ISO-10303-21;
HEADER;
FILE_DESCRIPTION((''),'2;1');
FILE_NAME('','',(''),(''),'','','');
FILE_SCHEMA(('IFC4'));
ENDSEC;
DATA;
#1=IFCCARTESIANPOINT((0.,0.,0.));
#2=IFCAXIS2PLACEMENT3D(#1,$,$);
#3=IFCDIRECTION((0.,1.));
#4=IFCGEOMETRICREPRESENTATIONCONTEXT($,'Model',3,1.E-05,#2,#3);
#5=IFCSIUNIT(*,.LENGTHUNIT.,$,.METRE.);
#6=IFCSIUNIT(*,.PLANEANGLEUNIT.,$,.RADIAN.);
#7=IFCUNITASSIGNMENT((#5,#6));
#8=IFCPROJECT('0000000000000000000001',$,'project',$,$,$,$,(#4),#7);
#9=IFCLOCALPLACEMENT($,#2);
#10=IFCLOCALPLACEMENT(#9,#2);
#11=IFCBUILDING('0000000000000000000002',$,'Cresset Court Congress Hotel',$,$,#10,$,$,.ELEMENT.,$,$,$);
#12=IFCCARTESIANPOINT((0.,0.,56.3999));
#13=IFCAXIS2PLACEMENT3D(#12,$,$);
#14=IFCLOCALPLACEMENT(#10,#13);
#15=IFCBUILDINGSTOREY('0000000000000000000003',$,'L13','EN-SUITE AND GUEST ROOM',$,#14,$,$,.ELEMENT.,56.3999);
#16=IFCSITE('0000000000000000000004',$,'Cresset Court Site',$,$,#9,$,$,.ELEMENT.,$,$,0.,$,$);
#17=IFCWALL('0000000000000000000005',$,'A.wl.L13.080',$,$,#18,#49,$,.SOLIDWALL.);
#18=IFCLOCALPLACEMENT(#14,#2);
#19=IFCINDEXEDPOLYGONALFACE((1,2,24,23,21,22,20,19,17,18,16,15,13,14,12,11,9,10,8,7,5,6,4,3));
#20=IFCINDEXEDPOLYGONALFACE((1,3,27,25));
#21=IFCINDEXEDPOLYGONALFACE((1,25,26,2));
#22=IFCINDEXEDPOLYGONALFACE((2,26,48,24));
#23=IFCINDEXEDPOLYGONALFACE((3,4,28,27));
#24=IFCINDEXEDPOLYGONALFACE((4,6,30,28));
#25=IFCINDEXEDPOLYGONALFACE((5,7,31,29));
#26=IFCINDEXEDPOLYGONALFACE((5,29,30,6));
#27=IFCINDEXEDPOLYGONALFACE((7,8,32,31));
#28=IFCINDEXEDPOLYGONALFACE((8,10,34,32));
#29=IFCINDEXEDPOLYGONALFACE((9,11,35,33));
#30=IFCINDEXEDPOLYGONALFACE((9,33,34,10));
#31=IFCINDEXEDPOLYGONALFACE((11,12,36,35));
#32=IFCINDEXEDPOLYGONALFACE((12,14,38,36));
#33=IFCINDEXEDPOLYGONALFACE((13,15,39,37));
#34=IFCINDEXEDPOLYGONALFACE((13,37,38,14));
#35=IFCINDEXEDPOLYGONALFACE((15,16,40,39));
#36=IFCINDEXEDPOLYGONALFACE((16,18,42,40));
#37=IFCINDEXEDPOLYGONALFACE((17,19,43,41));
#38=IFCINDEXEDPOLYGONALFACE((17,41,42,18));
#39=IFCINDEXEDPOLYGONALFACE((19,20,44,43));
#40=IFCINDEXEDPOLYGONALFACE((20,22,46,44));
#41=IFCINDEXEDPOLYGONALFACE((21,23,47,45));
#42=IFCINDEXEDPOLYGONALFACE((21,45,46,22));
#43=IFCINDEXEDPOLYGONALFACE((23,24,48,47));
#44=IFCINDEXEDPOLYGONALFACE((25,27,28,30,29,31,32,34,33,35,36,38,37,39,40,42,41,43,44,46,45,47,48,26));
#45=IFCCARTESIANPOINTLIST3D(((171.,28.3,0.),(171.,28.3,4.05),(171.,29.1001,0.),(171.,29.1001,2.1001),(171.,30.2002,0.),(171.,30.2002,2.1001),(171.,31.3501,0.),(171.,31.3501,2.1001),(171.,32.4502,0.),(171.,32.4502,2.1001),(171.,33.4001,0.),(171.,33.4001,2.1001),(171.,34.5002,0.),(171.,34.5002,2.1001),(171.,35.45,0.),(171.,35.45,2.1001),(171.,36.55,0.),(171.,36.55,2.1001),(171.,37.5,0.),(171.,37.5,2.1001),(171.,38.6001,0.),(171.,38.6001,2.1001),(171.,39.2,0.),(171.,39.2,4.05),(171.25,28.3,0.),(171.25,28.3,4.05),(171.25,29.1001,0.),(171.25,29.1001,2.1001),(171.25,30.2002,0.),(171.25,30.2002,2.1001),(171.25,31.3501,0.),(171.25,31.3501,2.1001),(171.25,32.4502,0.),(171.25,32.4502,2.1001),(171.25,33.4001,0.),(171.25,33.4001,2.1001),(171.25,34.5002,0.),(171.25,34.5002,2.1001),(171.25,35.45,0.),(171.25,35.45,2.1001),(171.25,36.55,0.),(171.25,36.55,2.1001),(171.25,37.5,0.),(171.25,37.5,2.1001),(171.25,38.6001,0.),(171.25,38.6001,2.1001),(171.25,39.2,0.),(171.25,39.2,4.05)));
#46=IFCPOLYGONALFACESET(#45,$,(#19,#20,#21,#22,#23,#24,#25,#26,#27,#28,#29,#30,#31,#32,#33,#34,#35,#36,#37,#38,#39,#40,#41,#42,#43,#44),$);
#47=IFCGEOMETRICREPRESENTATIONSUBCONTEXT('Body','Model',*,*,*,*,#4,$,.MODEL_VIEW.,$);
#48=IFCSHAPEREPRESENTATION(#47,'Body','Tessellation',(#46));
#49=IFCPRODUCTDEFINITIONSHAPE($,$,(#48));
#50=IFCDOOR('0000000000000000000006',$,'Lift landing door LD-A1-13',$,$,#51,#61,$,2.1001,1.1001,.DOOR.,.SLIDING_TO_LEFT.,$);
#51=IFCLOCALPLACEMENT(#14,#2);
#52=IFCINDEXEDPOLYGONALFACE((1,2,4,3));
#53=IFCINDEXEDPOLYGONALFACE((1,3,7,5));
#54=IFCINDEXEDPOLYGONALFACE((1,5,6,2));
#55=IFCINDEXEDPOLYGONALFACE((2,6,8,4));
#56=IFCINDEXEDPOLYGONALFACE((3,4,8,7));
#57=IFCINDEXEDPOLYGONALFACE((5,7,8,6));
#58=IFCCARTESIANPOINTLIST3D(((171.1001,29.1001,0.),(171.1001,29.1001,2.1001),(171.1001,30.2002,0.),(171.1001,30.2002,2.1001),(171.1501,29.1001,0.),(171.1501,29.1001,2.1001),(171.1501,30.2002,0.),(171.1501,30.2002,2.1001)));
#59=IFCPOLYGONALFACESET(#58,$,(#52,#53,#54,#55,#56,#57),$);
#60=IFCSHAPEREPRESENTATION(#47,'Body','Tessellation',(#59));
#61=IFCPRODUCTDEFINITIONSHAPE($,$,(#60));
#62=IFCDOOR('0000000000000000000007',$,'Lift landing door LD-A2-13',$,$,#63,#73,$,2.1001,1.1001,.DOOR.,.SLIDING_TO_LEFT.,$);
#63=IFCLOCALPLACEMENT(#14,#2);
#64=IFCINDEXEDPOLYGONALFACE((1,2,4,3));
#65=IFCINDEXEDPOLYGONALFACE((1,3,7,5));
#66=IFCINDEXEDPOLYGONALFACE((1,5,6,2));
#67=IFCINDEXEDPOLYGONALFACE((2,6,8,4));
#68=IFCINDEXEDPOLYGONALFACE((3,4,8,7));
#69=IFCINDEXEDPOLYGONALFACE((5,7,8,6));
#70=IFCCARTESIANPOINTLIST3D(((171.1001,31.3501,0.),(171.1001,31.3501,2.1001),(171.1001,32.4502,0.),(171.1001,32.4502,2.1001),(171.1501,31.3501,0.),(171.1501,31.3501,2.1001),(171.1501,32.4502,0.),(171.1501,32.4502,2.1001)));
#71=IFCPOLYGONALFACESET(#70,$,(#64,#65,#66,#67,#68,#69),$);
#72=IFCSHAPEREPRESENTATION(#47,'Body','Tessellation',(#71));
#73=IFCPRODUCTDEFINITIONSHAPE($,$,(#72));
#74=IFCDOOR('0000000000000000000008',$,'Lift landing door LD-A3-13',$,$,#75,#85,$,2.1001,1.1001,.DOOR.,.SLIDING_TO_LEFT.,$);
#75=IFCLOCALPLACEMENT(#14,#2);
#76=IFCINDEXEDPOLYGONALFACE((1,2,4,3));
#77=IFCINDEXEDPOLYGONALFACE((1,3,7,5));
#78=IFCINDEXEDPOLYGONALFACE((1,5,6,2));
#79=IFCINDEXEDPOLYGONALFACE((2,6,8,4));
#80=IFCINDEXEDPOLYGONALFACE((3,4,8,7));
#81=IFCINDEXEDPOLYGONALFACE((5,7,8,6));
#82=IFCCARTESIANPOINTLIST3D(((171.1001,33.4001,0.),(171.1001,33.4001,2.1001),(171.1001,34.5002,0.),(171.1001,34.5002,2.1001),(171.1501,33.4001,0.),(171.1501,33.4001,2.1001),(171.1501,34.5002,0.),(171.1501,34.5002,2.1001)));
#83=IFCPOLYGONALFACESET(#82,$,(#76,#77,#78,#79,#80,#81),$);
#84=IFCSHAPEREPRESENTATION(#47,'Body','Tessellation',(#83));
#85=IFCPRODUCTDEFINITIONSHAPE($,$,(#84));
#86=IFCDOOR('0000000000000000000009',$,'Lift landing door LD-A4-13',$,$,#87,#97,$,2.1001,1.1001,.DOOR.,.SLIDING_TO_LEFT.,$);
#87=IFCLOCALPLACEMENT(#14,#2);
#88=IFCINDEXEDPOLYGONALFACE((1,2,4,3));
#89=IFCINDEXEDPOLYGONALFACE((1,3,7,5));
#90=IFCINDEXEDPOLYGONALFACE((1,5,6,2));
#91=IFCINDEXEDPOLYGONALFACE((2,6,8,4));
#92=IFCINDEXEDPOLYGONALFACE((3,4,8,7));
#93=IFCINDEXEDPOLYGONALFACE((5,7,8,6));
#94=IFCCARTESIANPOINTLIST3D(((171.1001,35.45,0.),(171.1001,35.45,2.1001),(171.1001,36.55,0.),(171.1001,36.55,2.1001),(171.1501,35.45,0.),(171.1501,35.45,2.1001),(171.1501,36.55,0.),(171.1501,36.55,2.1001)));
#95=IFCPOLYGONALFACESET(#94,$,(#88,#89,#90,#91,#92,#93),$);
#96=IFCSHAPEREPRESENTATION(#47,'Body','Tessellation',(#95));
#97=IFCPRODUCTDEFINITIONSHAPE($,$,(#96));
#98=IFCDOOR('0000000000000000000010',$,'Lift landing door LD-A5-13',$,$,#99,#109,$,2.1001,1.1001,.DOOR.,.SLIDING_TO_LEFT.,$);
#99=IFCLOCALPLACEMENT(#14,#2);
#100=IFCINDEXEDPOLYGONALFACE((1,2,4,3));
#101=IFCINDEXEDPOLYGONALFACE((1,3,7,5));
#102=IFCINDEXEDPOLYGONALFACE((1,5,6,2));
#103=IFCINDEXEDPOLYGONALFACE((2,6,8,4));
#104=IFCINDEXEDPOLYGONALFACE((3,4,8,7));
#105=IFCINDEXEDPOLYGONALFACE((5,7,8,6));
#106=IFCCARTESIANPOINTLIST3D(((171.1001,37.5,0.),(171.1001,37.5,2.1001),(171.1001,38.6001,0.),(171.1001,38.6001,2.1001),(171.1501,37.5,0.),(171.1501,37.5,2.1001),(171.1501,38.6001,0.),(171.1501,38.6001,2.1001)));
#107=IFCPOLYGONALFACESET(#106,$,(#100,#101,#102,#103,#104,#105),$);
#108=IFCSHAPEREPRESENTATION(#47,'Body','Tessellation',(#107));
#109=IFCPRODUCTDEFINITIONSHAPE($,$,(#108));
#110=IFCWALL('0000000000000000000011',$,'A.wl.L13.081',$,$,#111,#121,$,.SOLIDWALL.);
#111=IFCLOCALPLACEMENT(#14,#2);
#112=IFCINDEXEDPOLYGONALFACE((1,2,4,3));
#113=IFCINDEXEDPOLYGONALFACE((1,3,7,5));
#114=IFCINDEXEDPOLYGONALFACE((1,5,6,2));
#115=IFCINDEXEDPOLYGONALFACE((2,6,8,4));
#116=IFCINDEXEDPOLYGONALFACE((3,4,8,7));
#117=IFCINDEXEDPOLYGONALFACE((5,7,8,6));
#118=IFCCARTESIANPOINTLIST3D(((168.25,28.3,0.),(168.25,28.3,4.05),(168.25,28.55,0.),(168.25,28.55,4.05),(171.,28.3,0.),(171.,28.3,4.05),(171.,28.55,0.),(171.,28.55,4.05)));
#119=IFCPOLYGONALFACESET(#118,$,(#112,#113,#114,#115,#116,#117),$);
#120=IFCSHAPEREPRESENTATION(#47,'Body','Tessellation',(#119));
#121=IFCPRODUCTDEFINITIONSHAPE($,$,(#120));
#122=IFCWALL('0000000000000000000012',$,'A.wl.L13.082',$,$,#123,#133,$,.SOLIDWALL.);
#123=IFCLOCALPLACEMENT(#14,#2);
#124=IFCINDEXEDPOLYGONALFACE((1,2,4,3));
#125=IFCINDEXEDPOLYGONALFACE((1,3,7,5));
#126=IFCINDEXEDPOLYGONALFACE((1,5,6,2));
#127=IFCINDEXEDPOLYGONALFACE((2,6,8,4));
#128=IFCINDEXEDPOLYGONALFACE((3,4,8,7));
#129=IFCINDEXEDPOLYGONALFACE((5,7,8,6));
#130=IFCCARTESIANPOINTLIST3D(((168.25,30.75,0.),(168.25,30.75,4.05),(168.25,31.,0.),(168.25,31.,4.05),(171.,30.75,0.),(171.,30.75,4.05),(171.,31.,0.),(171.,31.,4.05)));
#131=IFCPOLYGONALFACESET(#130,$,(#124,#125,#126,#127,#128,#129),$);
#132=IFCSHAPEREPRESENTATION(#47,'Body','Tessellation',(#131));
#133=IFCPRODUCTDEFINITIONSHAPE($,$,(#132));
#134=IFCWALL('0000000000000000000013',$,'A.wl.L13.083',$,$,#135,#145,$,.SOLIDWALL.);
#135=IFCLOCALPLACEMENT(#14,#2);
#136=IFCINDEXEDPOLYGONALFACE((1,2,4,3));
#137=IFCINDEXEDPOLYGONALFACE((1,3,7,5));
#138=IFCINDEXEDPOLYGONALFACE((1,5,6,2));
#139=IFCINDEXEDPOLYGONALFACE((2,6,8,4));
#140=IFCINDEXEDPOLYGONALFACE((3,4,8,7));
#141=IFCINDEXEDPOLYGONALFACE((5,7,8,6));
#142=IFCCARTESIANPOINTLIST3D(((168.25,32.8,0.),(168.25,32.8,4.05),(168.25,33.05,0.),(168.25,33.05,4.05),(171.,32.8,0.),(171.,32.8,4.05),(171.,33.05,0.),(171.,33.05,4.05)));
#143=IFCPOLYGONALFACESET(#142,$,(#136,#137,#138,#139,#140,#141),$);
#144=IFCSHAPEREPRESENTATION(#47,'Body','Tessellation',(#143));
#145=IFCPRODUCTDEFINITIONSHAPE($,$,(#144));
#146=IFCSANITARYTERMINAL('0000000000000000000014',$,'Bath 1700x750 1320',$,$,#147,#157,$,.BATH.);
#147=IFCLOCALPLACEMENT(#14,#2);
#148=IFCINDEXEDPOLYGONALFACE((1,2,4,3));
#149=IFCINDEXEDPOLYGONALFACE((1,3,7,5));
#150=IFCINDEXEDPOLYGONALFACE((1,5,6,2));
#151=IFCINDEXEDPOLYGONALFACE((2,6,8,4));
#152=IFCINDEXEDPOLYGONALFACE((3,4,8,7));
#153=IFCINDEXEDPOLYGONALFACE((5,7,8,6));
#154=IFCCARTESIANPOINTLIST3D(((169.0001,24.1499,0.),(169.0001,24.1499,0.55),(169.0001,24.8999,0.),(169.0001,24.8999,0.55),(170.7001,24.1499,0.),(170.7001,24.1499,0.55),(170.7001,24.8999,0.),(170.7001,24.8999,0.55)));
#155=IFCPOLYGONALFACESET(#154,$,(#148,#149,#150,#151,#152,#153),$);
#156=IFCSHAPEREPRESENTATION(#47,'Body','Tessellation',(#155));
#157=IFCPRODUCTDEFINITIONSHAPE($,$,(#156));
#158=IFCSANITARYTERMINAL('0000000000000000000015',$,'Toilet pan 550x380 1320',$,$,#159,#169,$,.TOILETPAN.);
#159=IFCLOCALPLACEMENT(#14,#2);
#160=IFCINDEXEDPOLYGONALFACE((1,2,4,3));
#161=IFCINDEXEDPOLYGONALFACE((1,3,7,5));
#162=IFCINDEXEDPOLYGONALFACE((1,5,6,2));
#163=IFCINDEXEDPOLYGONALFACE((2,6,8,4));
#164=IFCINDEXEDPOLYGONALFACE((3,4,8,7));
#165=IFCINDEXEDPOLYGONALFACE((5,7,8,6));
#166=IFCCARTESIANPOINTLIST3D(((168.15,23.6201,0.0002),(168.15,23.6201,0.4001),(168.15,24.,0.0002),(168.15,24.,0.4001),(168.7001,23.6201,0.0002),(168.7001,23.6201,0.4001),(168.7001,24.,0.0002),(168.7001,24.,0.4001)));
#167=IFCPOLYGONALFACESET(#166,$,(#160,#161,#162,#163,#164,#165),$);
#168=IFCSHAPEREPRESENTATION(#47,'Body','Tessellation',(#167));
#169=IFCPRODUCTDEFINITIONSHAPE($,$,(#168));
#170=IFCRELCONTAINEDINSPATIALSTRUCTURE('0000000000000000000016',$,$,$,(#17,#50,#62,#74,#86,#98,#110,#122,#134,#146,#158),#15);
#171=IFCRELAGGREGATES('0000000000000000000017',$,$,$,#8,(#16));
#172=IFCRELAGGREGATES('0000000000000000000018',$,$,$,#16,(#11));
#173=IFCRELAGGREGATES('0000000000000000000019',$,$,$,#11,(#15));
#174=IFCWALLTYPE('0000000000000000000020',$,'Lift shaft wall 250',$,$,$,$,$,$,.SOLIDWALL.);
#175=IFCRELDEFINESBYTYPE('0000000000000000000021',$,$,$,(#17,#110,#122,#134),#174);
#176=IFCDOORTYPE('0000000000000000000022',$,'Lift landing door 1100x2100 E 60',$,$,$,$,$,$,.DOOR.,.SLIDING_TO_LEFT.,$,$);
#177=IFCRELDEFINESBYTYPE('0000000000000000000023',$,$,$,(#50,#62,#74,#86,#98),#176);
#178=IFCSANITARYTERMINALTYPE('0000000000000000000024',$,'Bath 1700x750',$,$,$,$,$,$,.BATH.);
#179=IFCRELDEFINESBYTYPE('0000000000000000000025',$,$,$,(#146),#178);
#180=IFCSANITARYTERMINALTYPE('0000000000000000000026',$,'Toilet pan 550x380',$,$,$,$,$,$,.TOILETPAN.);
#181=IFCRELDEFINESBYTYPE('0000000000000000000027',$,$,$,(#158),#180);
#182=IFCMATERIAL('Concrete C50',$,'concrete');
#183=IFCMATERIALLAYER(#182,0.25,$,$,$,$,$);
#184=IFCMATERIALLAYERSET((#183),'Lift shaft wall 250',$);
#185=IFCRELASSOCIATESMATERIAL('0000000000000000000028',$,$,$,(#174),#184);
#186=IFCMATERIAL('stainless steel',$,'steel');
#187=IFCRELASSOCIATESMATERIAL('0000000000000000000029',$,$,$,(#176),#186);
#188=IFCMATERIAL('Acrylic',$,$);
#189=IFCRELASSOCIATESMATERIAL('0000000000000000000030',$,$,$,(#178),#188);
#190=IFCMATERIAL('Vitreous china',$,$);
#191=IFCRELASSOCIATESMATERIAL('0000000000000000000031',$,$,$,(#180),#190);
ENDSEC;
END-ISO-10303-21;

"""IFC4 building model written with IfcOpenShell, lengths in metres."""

from ifc_helpers import new_model, si_unit, direction, frame, frame_2d, origin, origin_2d, place, context, subcontext, project, spatial, rectangle, extrude, material, layer, layer_set, type_object, element, fill, save


model = new_model("IFC4")

# Units and contexts
model_context = context("Model", 3, precision=1e-05, world=origin(), true_north=direction((0.0, 1.0)))
body_context = subcontext(model_context, "Body", "Model", "MODEL_VIEW")
ifc_project = project(units=[si_unit("LENGTHUNIT", "METRE"), si_unit("PLANEANGLEUNIT", "RADIAN")], contexts=[model_context])

# Site, building, storey
site_placement = place(None, origin())
site = spatial("IfcSite", under=ifc_project, at=site_placement, Name="Cresset Court Site", CompositionType="ELEMENT", RefElevation=0.0)
building_placement = place(site_placement, origin())
building = spatial("IfcBuilding", under=site, at=building_placement, Name="Cresset Court Congress Hotel", CompositionType="ELEMENT")
storey_placement = place(building_placement, frame((0.0, 0.0, 56.3999)))
storey = spatial("IfcBuildingStorey", under=building, at=storey_placement, Name="L13", Description="EN-SUITE AND GUEST ROOM", CompositionType="ELEMENT", Elevation=56.3999)

# Wall, openings, doors
ifc_material_1 = material(Name="Concrete C50", Category="concrete")
ifc_layer_1 = layer(ifc_material_1, 0.25)
ifc_layer_set_1 = layer_set([ifc_layer_1], Name="Lift shaft wall 250")
wall_type_1 = type_object("IfcWallType", Name="Lift shaft wall 250", PredefinedType="SOLIDWALL", material=ifc_layer_set_1)
wall_1_placement = place(storey_placement, frame((171.125, 28.3, 0.0), z_axis=(0.0, 0.0, 1.0), x_axis=(0.0, 1.0, 0.0)))
wall_1 = element("IfcWall", 1, at=wall_1_placement, inside=storey, type_object=wall_type_1, Name="A.wl.L13.080", PredefinedType="SOLIDWALL", context=body_context, shape_type="SweptSolid", body=[
    extrude(rectangle(XDim=10.8999, YDim=0.25, at=frame_2d((5.45, 0.0))), origin(), (0.0, 0.0, 1.0), 4.05),
])
opening_1_placement = place(wall_1_placement, frame((0.8, 0.0, 0.0)))
opening_1 = element("IfcOpeningElement", 2, at=opening_1_placement, cuts=wall_1, PredefinedType="OPENING", context=body_context, shape_type="SweptSolid", body=[
    extrude(rectangle(XDim=1.1001, YDim=2.1001, at=frame_2d((0.55, 1.05))), frame((0.0, 0.135, 0.0), z_axis=(0.0, -1.0, 0.0), x_axis=(1.0, 0.0, 0.0)), (0.0, 0.0, 1.0), 0.27),
])
opening_2_placement = place(wall_1_placement, frame((3.05, 0.0, 0.0)))
opening_2 = element("IfcOpeningElement", 3, at=opening_2_placement, cuts=wall_1, PredefinedType="OPENING", context=body_context, shape_type="SweptSolid", body=[
    extrude(rectangle(XDim=1.1001, YDim=2.1001, at=frame_2d((0.55, 1.05))), frame((0.0, 0.135, 0.0), z_axis=(0.0, -1.0, 0.0), x_axis=(1.0, 0.0, 0.0)), (0.0, 0.0, 1.0), 0.27),
])
opening_3_placement = place(wall_1_placement, frame((5.1001, 0.0, 0.0)))
opening_3 = element("IfcOpeningElement", 4, at=opening_3_placement, cuts=wall_1, PredefinedType="OPENING", context=body_context, shape_type="SweptSolid", body=[
    extrude(rectangle(XDim=1.1001, YDim=2.1001, at=frame_2d((0.55, 1.05))), frame((0.0, 0.135, 0.0), z_axis=(0.0, -1.0, 0.0), x_axis=(1.0, 0.0, 0.0)), (0.0, 0.0, 1.0), 0.27),
])
opening_4_placement = place(wall_1_placement, frame((7.1499, 0.0, 0.0)))
opening_4 = element("IfcOpeningElement", 5, at=opening_4_placement, cuts=wall_1, PredefinedType="OPENING", context=body_context, shape_type="SweptSolid", body=[
    extrude(rectangle(XDim=1.1001, YDim=2.1001, at=frame_2d((0.55, 1.05))), frame((0.0, 0.135, 0.0), z_axis=(0.0, -1.0, 0.0), x_axis=(1.0, 0.0, 0.0)), (0.0, 0.0, 1.0), 0.27),
])
opening_5_placement = place(wall_1_placement, frame((9.2, 0.0, 0.0)))
opening_5 = element("IfcOpeningElement", 6, at=opening_5_placement, cuts=wall_1, PredefinedType="OPENING", context=body_context, shape_type="SweptSolid", body=[
    extrude(rectangle(XDim=1.1001, YDim=2.1001, at=frame_2d((0.55, 1.05))), frame((0.0, 0.135, 0.0), z_axis=(0.0, -1.0, 0.0), x_axis=(1.0, 0.0, 0.0)), (0.0, 0.0, 1.0), 0.27),
])
ifc_material_2 = material(Name="stainless steel", Category="steel")
door_type_1 = type_object("IfcDoorType", Name="Lift landing door 1100x2100 E 60", OperationType="SLIDING_TO_LEFT", PredefinedType="DOOR", material=ifc_material_2)
door_1_placement = place(opening_1_placement, origin())
door_1 = element("IfcDoor", 7, at=door_1_placement, inside=storey, type_object=door_type_1, Name="Lift landing door LD-A1-13", OperationType="SLIDING_TO_LEFT", OverallHeight=2.1001, OverallWidth=1.1001, PredefinedType="DOOR", context=body_context, shape_type="SweptSolid", body=[
    extrude(rectangle(XDim=1.1001, YDim=2.1001, at=frame_2d((0.55, 1.05))), frame((0.0, 0.0249, 0.0), z_axis=(0.0, -1.0, 0.0), x_axis=(1.0, 0.0, 0.0)), (0.0, 0.0, 1.0), 0.05),
])
fill(opening_1, door_1)
door_2_placement = place(opening_2_placement, origin())
door_2 = element("IfcDoor", 8, at=door_2_placement, inside=storey, type_object=door_type_1, Name="Lift landing door LD-A2-13", OperationType="SLIDING_TO_LEFT", OverallHeight=2.1001, OverallWidth=1.1001, PredefinedType="DOOR", context=body_context, shape_type="SweptSolid", body=[
    extrude(rectangle(XDim=1.1001, YDim=2.1001, at=frame_2d((0.55, 1.05))), frame((0.0, 0.0249, 0.0), z_axis=(0.0, -1.0, 0.0), x_axis=(1.0, 0.0, 0.0)), (0.0, 0.0, 1.0), 0.05),
])
fill(opening_2, door_2)
door_3_placement = place(opening_3_placement, origin())
door_3 = element("IfcDoor", 9, at=door_3_placement, inside=storey, type_object=door_type_1, Name="Lift landing door LD-A3-13", OperationType="SLIDING_TO_LEFT", OverallHeight=2.1001, OverallWidth=1.1001, PredefinedType="DOOR", context=body_context, shape_type="SweptSolid", body=[
    extrude(rectangle(XDim=1.1001, YDim=2.1001, at=frame_2d((0.55, 1.05))), frame((0.0, 0.0249, 0.0), z_axis=(0.0, -1.0, 0.0), x_axis=(1.0, 0.0, 0.0)), (0.0, 0.0, 1.0), 0.05),
])
fill(opening_3, door_3)
door_4_placement = place(opening_4_placement, origin())
door_4 = element("IfcDoor", 10, at=door_4_placement, inside=storey, type_object=door_type_1, Name="Lift landing door LD-A4-13", OperationType="SLIDING_TO_LEFT", OverallHeight=2.1001, OverallWidth=1.1001, PredefinedType="DOOR", context=body_context, shape_type="SweptSolid", body=[
    extrude(rectangle(XDim=1.1001, YDim=2.1001, at=frame_2d((0.55, 1.05))), frame((0.0, 0.0249, 0.0), z_axis=(0.0, -1.0, 0.0), x_axis=(1.0, 0.0, 0.0)), (0.0, 0.0, 1.0), 0.05),
])
fill(opening_4, door_4)
door_5_placement = place(opening_5_placement, origin())
door_5 = element("IfcDoor", 11, at=door_5_placement, inside=storey, type_object=door_type_1, Name="Lift landing door LD-A5-13", OperationType="SLIDING_TO_LEFT", OverallHeight=2.1001, OverallWidth=1.1001, PredefinedType="DOOR", context=body_context, shape_type="SweptSolid", body=[
    extrude(rectangle(XDim=1.1001, YDim=2.1001, at=frame_2d((0.55, 1.05))), frame((0.0, 0.0249, 0.0), z_axis=(0.0, -1.0, 0.0), x_axis=(1.0, 0.0, 0.0)), (0.0, 0.0, 1.0), 0.05),
])
fill(opening_5, door_5)

# Walls
for number, where, z_axis, x_axis, name in (
    (12, (168.25, 28.425, 0.0), (0.0, 0.0, 1.0), (1.0, 0.0, 0.0), "A.wl.L13.081"),
    (13, (168.25, 30.875, 0.0), (0.0, 0.0, 1.0), (1.0, 0.0, 0.0), "A.wl.L13.082"),
    (14, (168.25, 32.925, 0.0), (0.0, 0.0, 1.0), (1.0, 0.0, 0.0), "A.wl.L13.083"),
):
    element("IfcWall", number, at=place(storey_placement, frame(where, z_axis=z_axis, x_axis=x_axis)), inside=storey, type_object=wall_type_1, Name=name, PredefinedType="SOLIDWALL", context=body_context, shape_type="SweptSolid", body=[
        extrude(rectangle(XDim=2.75, YDim=0.25, at=frame_2d((1.375, 0.0))), origin(), (0.0, 0.0, 1.0), 4.05),
    ])

# Sanitary terminals
ifc_material_3 = material(Name="Acrylic")
sanitary_terminal_type_1 = type_object("IfcSanitaryTerminalType", Name="Bath 1700x750", PredefinedType="BATH", material=ifc_material_3)
sanitary_terminal_1_placement = place(storey_placement, frame((169.8501, 24.5249, 0.0), z_axis=(0.0, 0.0, 1.0), x_axis=(1.0, 0.0, 0.0)))
element("IfcSanitaryTerminal", 15, at=sanitary_terminal_1_placement, inside=storey, type_object=sanitary_terminal_type_1, Name="Bath 1700x750 1320", PredefinedType="BATH", context=body_context, shape_type="SweptSolid", body=[
    extrude(rectangle(XDim=1.7, YDim=0.75, at=origin_2d()), origin(), (0.0, 0.0, 1.0), 0.55),
])
ifc_material_4 = material(Name="Vitreous china")
sanitary_terminal_type_2 = type_object("IfcSanitaryTerminalType", Name="Toilet pan 550x380", PredefinedType="TOILETPAN", material=ifc_material_4)
sanitary_terminal_2_placement = place(storey_placement, frame((168.425, 23.8101, 0.0002), z_axis=(0.0, 0.0, 1.0), x_axis=(1.0, 0.0, 0.0)))
element("IfcSanitaryTerminal", 16, at=sanitary_terminal_2_placement, inside=storey, type_object=sanitary_terminal_type_2, Name="Toilet pan 550x380 1320", PredefinedType="TOILETPAN", context=body_context, shape_type="SweptSolid", body=[
    extrude(rectangle(XDim=0.55, YDim=0.3799, at=origin_2d()), origin(), (0.0, 0.0, 1.0), 0.3999),
])

save(model, "model.ifc")
